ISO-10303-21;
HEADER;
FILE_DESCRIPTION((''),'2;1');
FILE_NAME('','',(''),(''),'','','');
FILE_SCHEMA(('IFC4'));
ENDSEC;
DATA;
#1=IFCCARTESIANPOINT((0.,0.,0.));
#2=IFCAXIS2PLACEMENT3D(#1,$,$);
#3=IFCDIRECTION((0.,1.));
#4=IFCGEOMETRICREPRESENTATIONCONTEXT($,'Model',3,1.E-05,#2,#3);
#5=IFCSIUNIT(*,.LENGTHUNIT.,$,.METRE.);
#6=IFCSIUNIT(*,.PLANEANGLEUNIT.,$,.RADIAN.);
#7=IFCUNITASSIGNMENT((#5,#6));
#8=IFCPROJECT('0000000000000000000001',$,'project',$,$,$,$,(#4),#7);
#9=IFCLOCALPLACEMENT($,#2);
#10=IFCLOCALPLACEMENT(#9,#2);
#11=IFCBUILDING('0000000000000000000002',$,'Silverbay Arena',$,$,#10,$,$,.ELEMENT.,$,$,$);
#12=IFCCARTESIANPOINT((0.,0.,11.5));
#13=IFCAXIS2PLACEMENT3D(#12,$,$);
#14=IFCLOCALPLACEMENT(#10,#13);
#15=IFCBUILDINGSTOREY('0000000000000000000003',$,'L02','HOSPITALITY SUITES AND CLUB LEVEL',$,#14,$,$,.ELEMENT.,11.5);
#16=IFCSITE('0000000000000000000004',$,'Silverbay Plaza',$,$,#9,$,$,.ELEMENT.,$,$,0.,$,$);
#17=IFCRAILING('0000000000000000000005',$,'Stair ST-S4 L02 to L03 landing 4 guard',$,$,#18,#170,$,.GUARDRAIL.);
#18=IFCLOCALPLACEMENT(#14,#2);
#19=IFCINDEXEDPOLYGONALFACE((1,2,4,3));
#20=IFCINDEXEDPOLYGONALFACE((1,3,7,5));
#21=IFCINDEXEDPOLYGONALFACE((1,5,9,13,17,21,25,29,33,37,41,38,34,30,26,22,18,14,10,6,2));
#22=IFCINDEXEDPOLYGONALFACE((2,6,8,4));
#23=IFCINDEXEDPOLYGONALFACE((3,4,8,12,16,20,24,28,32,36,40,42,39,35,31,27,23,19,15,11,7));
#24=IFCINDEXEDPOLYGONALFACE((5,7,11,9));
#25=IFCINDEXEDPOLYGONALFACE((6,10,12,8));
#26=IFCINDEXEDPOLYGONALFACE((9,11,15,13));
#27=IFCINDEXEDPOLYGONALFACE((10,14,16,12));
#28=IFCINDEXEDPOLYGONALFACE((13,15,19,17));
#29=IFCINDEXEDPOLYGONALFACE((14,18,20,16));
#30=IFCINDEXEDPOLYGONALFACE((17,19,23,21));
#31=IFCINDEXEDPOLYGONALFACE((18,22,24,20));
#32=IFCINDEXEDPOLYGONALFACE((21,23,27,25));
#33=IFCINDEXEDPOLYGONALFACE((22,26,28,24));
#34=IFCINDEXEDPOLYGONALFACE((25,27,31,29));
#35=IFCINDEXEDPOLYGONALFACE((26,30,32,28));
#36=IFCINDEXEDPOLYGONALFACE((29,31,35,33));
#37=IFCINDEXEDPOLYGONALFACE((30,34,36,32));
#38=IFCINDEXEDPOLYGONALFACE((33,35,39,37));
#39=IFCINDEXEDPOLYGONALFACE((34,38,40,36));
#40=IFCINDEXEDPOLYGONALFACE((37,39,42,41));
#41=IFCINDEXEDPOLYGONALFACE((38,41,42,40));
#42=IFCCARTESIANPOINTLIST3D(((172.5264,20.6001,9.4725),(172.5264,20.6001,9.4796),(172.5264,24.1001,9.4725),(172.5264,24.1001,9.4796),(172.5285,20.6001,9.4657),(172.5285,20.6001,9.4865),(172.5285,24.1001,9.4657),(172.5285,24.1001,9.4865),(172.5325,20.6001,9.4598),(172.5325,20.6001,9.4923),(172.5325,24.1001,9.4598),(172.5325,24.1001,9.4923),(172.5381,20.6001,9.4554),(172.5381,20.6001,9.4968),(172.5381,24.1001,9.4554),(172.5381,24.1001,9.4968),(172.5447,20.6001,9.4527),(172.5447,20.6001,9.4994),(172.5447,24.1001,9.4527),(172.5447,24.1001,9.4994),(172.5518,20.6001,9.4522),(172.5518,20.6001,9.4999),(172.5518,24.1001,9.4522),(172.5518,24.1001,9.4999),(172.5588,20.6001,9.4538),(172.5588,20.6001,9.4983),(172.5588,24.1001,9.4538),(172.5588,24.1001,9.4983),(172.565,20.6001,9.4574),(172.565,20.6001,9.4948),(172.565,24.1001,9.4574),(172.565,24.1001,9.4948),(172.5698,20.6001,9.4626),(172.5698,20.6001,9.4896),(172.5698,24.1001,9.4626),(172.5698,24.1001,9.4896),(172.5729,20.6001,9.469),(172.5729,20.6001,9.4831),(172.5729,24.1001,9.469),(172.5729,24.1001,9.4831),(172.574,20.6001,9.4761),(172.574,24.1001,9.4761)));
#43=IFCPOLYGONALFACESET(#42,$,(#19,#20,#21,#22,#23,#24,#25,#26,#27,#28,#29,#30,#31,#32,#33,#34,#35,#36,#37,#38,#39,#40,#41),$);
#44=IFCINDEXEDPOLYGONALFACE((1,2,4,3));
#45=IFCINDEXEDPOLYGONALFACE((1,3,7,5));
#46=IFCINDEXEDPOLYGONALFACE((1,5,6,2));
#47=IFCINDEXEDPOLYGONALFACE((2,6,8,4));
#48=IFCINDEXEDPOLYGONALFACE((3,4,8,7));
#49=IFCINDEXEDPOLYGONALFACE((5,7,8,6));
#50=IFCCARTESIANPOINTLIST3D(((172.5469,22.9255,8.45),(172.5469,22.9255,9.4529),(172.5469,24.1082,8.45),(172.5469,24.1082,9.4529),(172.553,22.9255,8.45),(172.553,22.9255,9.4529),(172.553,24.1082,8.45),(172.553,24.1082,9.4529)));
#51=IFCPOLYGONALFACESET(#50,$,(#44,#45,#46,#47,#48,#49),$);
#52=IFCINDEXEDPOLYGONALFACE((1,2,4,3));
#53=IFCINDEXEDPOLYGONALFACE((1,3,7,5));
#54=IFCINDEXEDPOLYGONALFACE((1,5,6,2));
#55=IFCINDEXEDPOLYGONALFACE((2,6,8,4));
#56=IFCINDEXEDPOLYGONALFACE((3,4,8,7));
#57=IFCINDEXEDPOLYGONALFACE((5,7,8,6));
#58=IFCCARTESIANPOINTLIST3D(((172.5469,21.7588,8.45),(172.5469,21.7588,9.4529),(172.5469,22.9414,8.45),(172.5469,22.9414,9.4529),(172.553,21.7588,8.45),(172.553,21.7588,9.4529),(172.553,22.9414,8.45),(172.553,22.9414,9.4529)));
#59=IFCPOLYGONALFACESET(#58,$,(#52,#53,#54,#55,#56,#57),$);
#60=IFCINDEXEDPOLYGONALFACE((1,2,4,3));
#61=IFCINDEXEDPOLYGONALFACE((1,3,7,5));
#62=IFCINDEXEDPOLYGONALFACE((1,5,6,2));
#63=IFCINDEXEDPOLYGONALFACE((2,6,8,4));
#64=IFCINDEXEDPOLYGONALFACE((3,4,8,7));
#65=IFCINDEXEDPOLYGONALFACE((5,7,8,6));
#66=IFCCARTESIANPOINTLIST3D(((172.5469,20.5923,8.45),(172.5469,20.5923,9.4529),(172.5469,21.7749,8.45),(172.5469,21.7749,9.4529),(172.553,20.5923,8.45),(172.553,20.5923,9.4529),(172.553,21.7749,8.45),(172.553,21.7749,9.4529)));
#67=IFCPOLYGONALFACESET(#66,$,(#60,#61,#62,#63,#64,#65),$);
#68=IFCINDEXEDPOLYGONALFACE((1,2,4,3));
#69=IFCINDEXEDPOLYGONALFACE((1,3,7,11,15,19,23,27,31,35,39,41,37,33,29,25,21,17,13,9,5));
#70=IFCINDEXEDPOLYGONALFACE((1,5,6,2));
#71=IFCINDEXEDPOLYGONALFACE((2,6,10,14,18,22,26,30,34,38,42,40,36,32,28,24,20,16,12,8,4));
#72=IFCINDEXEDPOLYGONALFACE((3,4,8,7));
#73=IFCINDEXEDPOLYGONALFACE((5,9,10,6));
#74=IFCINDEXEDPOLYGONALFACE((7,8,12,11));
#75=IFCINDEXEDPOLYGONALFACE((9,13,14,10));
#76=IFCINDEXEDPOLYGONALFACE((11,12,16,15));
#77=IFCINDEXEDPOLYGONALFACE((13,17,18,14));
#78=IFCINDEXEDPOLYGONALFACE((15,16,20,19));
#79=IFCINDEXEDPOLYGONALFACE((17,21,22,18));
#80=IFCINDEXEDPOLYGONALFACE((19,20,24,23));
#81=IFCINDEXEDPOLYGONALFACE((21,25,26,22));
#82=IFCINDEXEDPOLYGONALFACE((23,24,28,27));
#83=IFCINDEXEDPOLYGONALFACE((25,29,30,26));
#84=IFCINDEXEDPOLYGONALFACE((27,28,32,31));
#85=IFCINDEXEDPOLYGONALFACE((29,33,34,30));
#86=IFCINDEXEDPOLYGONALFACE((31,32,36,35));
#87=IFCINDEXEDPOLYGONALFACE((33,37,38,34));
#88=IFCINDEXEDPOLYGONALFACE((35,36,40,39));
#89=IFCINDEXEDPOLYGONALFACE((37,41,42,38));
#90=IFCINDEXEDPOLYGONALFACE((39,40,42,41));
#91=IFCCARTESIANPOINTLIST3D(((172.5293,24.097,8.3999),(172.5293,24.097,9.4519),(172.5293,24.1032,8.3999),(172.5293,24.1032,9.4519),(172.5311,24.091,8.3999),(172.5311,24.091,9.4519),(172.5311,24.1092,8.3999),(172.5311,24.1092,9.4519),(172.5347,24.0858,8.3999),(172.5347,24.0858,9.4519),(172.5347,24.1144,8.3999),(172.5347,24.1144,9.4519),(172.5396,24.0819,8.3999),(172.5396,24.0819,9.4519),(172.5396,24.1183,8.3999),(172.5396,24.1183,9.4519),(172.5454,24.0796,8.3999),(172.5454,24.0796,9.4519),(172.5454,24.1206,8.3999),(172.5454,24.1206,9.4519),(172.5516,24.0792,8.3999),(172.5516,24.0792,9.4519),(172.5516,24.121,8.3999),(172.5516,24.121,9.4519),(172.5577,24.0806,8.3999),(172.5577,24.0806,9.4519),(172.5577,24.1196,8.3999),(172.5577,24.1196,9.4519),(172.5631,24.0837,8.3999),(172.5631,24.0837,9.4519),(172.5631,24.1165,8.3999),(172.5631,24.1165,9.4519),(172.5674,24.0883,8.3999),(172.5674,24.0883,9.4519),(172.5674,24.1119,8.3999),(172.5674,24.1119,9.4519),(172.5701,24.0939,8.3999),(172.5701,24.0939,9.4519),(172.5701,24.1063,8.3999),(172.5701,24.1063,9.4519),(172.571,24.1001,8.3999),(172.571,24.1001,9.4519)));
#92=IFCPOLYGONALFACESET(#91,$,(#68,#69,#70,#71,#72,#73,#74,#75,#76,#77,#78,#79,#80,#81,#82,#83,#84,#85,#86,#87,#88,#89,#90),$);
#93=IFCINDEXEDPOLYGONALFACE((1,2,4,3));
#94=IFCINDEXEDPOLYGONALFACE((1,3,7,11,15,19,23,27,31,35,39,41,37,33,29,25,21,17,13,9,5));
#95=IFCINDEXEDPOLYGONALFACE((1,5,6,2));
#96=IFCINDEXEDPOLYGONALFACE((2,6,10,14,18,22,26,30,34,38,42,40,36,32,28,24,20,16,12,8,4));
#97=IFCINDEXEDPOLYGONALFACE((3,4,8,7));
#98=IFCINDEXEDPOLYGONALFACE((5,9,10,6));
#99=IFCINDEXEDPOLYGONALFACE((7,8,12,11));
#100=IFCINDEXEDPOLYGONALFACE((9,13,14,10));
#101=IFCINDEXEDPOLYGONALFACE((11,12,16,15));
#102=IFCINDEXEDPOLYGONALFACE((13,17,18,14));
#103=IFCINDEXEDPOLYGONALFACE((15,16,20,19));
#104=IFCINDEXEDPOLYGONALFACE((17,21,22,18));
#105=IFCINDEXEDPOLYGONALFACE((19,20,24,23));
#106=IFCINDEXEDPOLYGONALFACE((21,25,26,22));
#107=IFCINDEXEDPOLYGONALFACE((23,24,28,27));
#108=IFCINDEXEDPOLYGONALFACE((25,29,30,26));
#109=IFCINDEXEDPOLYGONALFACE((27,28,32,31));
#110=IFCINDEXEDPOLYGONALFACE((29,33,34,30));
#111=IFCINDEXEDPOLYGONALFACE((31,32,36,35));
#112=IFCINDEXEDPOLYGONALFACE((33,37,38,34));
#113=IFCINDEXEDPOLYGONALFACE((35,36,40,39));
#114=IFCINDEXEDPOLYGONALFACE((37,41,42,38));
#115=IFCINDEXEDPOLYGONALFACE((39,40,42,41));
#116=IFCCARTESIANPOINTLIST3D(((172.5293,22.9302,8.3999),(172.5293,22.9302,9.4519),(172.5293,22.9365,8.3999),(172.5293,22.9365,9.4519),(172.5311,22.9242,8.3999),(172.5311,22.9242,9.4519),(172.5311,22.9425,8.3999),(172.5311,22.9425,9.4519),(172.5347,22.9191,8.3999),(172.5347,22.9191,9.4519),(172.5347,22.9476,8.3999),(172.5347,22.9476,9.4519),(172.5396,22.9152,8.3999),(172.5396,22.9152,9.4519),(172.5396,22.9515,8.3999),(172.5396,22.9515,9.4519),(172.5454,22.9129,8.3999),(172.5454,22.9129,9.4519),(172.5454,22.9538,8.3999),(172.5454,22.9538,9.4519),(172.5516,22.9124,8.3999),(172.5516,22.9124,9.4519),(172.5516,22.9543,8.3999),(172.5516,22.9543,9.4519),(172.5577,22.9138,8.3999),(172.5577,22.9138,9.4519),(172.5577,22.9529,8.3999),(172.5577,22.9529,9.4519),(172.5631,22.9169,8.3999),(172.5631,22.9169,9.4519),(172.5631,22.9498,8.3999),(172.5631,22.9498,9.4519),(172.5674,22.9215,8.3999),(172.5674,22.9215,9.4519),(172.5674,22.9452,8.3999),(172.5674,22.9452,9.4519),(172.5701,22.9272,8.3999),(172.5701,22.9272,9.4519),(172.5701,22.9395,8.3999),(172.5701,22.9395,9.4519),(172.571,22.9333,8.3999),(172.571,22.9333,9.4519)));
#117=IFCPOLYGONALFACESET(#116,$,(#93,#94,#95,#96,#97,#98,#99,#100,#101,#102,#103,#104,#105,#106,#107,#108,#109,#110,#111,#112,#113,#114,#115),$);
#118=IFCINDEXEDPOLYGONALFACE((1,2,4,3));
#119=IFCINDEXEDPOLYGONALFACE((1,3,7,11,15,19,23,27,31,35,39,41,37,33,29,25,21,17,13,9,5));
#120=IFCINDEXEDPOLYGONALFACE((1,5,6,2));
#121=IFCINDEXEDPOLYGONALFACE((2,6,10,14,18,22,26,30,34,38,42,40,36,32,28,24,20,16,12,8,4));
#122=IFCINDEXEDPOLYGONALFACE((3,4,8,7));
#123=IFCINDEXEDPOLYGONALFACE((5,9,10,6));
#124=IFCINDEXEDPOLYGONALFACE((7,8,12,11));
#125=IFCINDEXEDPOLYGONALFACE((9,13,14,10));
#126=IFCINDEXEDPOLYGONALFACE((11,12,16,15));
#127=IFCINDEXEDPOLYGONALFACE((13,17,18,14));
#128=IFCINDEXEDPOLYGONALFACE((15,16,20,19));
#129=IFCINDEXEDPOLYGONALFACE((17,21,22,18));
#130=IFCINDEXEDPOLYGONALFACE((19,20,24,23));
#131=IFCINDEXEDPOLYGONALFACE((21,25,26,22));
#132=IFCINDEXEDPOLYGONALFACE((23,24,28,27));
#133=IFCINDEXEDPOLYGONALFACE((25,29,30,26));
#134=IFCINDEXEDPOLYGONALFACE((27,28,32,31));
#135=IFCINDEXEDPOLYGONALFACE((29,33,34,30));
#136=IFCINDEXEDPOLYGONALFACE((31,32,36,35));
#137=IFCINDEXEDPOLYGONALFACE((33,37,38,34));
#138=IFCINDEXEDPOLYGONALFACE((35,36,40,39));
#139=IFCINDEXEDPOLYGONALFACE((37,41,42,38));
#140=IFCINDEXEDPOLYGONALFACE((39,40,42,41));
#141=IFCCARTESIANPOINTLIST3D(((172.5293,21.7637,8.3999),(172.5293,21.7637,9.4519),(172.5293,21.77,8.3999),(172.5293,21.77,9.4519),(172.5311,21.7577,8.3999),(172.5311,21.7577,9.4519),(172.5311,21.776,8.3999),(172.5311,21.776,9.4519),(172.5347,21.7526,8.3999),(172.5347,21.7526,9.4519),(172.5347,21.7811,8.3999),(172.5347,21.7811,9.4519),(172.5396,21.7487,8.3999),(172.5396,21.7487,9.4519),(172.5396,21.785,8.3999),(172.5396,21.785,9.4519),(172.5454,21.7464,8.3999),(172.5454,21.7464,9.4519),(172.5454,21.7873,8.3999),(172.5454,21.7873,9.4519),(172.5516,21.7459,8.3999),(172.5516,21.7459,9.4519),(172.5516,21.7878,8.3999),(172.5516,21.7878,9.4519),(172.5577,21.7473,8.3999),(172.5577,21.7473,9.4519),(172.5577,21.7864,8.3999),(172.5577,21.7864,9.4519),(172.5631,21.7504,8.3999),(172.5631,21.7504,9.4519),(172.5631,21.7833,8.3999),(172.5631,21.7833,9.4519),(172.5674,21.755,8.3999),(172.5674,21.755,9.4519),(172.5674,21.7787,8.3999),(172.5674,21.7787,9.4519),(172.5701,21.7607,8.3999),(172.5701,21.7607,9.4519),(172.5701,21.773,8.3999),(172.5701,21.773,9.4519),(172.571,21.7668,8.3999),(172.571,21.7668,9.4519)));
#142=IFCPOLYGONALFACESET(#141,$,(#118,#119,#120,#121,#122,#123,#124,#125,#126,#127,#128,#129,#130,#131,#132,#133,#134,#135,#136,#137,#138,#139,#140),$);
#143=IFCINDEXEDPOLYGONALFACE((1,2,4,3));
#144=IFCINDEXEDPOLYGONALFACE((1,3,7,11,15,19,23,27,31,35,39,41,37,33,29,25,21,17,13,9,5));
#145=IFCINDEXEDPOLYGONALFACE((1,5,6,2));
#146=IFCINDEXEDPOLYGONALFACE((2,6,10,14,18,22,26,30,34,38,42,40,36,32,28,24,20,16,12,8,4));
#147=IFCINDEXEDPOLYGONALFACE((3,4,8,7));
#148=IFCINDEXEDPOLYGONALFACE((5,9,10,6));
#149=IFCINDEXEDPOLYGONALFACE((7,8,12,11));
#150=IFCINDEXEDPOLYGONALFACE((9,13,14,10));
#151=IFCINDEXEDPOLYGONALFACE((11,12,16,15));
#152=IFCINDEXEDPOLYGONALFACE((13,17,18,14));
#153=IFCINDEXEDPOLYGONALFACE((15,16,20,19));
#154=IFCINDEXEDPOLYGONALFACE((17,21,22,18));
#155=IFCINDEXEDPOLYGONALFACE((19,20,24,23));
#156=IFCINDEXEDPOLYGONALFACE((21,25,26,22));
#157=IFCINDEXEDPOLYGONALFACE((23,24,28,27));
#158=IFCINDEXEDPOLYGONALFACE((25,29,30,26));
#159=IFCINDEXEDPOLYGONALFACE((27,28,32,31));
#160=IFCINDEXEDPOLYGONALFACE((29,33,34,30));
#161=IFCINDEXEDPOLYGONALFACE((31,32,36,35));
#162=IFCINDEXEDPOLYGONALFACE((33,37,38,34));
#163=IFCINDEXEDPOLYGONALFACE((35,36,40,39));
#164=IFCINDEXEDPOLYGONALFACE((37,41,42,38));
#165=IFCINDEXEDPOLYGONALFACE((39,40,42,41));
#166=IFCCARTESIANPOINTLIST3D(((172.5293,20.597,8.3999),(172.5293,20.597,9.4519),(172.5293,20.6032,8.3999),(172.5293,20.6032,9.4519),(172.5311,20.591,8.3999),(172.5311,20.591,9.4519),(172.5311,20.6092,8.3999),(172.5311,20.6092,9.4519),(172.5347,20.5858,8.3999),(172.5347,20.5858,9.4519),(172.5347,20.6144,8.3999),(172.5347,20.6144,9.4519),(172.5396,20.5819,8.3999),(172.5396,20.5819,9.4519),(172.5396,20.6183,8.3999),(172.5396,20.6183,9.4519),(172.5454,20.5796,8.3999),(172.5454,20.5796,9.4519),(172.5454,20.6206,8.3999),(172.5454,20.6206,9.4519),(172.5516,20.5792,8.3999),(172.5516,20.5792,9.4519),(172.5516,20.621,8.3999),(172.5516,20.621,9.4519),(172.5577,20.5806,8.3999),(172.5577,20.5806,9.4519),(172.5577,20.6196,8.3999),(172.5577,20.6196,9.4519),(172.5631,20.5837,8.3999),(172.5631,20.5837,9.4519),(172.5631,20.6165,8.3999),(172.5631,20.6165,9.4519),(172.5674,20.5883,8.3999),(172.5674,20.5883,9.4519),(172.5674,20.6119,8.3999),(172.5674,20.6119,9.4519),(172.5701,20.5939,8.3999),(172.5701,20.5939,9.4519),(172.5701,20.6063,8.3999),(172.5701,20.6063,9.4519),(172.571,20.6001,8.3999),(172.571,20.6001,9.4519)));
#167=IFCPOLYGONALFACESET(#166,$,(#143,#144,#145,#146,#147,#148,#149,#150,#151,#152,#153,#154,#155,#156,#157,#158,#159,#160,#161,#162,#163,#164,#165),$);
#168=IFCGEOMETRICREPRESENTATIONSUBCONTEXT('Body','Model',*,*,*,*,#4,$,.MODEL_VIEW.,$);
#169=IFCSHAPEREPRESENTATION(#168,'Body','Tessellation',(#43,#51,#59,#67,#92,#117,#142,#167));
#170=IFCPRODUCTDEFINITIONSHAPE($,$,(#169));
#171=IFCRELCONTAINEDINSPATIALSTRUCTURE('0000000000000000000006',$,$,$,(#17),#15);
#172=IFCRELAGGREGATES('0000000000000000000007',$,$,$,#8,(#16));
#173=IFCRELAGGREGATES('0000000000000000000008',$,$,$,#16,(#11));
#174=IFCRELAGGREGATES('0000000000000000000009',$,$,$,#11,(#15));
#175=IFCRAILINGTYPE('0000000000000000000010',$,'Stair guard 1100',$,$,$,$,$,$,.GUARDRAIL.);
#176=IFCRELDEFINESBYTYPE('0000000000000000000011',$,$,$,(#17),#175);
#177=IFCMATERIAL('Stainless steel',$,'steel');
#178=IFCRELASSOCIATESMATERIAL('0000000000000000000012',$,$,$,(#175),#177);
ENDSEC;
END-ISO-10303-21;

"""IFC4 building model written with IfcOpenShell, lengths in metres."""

from ifc_helpers import new_model, si_unit, direction, frame, origin, origin_2d, place, context, subcontext, project, spatial, polyline, circle, outline, extrude, material, type_object, element, save


model = new_model("IFC4")

# Units and contexts
model_context = context("Model", 3, precision=1e-05, world=origin(), true_north=direction((0.0, 1.0)))
body_context = subcontext(model_context, "Body", "Model", "MODEL_VIEW")
ifc_project = project(units=[si_unit("LENGTHUNIT", "METRE"), si_unit("PLANEANGLEUNIT", "RADIAN")], contexts=[model_context])

# Site, building, storey
site_placement = place(None, origin())
site = spatial("IfcSite", under=ifc_project, at=site_placement, Name="Silverbay Plaza", CompositionType="ELEMENT", RefElevation=0.0)
building_placement = place(site_placement, origin())
building = spatial("IfcBuilding", under=site, at=building_placement, Name="Silverbay Arena", CompositionType="ELEMENT")
storey_placement = place(building_placement, frame((0.0, 0.0, 11.5)))
storey = spatial("IfcBuildingStorey", under=building, at=storey_placement, Name="L02", Description="HOSPITALITY SUITES AND CLUB LEVEL", CompositionType="ELEMENT", Elevation=11.5)

# Railing
ifc_material_1 = material(Name="Stainless steel", Category="steel")
railing_type_1 = type_object("IfcRailingType", Name="Stair guard 1100", PredefinedType="GUARDRAIL", material=ifc_material_1)
for number, where, name in (
    (1, (172.55, 24.1001, 8.3999), "Stair ST-S4 L02 to L03 landing 4 guard"),
):
    element("IfcRailing", number, at=place(storey_placement, frame(where)), inside=storey, type_object=railing_type_1, Name=name, PredefinedType="GUARDRAIL", context=body_context, shape_type="SweptSolid", body=[
        extrude(circle(Radius=0.0239, at=origin_2d()), frame((0.0, 0.0, 1.0762), z_axis=(0.0, -1.0, 0.0), x_axis=(1.0, 0.0, 0.0)), (0.0, 0.0, 1.0), 3.5),
        extrude(outline(polyline([(-0.0081, 0.05), (1.1746, 0.05), (1.1746, 1.053), (-0.0081, 1.053), (-0.0081, 0.05)])), frame((0.0029, 0.0, 0.0), z_axis=(-1.0, 0.0, 0.0), x_axis=(0.0, -1.0, 0.0)), (0.0, 0.0, 1.0), 0.0061),
        extrude(outline(polyline([(-0.0081, 0.05), (1.1746, 0.05), (1.1746, 1.053), (-0.0081, 1.053), (-0.0081, 0.05)])), frame((0.0029, -1.1667, 0.0), z_axis=(-1.0, 0.0, 0.0), x_axis=(0.0, -1.0, 0.0)), (0.0, 0.0, 1.0), 0.0061),
        extrude(outline(polyline([(-0.0081, 0.05), (1.1746, 0.05), (1.1746, 1.053), (-0.0081, 1.053), (-0.0081, 0.05)])), frame((0.0029, -2.3333, 0.0), z_axis=(-1.0, 0.0, 0.0), x_axis=(0.0, -1.0, 0.0)), (0.0, 0.0, 1.0), 0.0061),
        extrude(circle(Radius=0.021, at=origin_2d()), origin(), (0.0, 0.0, 1.0), 1.052),
        extrude(circle(Radius=0.021, at=origin_2d()), frame((0.0, -1.1667, 0.0)), (0.0, 0.0, 1.0), 1.052),
        extrude(circle(Radius=0.021, at=origin_2d()), frame((0.0, -2.3333, 0.0)), (0.0, 0.0, 1.0), 1.052),
        extrude(circle(Radius=0.021, at=origin_2d()), frame((0.0, -3.5, 0.0)), (0.0, 0.0, 1.0), 1.052),
    ])

save(model, "model.ifc")
